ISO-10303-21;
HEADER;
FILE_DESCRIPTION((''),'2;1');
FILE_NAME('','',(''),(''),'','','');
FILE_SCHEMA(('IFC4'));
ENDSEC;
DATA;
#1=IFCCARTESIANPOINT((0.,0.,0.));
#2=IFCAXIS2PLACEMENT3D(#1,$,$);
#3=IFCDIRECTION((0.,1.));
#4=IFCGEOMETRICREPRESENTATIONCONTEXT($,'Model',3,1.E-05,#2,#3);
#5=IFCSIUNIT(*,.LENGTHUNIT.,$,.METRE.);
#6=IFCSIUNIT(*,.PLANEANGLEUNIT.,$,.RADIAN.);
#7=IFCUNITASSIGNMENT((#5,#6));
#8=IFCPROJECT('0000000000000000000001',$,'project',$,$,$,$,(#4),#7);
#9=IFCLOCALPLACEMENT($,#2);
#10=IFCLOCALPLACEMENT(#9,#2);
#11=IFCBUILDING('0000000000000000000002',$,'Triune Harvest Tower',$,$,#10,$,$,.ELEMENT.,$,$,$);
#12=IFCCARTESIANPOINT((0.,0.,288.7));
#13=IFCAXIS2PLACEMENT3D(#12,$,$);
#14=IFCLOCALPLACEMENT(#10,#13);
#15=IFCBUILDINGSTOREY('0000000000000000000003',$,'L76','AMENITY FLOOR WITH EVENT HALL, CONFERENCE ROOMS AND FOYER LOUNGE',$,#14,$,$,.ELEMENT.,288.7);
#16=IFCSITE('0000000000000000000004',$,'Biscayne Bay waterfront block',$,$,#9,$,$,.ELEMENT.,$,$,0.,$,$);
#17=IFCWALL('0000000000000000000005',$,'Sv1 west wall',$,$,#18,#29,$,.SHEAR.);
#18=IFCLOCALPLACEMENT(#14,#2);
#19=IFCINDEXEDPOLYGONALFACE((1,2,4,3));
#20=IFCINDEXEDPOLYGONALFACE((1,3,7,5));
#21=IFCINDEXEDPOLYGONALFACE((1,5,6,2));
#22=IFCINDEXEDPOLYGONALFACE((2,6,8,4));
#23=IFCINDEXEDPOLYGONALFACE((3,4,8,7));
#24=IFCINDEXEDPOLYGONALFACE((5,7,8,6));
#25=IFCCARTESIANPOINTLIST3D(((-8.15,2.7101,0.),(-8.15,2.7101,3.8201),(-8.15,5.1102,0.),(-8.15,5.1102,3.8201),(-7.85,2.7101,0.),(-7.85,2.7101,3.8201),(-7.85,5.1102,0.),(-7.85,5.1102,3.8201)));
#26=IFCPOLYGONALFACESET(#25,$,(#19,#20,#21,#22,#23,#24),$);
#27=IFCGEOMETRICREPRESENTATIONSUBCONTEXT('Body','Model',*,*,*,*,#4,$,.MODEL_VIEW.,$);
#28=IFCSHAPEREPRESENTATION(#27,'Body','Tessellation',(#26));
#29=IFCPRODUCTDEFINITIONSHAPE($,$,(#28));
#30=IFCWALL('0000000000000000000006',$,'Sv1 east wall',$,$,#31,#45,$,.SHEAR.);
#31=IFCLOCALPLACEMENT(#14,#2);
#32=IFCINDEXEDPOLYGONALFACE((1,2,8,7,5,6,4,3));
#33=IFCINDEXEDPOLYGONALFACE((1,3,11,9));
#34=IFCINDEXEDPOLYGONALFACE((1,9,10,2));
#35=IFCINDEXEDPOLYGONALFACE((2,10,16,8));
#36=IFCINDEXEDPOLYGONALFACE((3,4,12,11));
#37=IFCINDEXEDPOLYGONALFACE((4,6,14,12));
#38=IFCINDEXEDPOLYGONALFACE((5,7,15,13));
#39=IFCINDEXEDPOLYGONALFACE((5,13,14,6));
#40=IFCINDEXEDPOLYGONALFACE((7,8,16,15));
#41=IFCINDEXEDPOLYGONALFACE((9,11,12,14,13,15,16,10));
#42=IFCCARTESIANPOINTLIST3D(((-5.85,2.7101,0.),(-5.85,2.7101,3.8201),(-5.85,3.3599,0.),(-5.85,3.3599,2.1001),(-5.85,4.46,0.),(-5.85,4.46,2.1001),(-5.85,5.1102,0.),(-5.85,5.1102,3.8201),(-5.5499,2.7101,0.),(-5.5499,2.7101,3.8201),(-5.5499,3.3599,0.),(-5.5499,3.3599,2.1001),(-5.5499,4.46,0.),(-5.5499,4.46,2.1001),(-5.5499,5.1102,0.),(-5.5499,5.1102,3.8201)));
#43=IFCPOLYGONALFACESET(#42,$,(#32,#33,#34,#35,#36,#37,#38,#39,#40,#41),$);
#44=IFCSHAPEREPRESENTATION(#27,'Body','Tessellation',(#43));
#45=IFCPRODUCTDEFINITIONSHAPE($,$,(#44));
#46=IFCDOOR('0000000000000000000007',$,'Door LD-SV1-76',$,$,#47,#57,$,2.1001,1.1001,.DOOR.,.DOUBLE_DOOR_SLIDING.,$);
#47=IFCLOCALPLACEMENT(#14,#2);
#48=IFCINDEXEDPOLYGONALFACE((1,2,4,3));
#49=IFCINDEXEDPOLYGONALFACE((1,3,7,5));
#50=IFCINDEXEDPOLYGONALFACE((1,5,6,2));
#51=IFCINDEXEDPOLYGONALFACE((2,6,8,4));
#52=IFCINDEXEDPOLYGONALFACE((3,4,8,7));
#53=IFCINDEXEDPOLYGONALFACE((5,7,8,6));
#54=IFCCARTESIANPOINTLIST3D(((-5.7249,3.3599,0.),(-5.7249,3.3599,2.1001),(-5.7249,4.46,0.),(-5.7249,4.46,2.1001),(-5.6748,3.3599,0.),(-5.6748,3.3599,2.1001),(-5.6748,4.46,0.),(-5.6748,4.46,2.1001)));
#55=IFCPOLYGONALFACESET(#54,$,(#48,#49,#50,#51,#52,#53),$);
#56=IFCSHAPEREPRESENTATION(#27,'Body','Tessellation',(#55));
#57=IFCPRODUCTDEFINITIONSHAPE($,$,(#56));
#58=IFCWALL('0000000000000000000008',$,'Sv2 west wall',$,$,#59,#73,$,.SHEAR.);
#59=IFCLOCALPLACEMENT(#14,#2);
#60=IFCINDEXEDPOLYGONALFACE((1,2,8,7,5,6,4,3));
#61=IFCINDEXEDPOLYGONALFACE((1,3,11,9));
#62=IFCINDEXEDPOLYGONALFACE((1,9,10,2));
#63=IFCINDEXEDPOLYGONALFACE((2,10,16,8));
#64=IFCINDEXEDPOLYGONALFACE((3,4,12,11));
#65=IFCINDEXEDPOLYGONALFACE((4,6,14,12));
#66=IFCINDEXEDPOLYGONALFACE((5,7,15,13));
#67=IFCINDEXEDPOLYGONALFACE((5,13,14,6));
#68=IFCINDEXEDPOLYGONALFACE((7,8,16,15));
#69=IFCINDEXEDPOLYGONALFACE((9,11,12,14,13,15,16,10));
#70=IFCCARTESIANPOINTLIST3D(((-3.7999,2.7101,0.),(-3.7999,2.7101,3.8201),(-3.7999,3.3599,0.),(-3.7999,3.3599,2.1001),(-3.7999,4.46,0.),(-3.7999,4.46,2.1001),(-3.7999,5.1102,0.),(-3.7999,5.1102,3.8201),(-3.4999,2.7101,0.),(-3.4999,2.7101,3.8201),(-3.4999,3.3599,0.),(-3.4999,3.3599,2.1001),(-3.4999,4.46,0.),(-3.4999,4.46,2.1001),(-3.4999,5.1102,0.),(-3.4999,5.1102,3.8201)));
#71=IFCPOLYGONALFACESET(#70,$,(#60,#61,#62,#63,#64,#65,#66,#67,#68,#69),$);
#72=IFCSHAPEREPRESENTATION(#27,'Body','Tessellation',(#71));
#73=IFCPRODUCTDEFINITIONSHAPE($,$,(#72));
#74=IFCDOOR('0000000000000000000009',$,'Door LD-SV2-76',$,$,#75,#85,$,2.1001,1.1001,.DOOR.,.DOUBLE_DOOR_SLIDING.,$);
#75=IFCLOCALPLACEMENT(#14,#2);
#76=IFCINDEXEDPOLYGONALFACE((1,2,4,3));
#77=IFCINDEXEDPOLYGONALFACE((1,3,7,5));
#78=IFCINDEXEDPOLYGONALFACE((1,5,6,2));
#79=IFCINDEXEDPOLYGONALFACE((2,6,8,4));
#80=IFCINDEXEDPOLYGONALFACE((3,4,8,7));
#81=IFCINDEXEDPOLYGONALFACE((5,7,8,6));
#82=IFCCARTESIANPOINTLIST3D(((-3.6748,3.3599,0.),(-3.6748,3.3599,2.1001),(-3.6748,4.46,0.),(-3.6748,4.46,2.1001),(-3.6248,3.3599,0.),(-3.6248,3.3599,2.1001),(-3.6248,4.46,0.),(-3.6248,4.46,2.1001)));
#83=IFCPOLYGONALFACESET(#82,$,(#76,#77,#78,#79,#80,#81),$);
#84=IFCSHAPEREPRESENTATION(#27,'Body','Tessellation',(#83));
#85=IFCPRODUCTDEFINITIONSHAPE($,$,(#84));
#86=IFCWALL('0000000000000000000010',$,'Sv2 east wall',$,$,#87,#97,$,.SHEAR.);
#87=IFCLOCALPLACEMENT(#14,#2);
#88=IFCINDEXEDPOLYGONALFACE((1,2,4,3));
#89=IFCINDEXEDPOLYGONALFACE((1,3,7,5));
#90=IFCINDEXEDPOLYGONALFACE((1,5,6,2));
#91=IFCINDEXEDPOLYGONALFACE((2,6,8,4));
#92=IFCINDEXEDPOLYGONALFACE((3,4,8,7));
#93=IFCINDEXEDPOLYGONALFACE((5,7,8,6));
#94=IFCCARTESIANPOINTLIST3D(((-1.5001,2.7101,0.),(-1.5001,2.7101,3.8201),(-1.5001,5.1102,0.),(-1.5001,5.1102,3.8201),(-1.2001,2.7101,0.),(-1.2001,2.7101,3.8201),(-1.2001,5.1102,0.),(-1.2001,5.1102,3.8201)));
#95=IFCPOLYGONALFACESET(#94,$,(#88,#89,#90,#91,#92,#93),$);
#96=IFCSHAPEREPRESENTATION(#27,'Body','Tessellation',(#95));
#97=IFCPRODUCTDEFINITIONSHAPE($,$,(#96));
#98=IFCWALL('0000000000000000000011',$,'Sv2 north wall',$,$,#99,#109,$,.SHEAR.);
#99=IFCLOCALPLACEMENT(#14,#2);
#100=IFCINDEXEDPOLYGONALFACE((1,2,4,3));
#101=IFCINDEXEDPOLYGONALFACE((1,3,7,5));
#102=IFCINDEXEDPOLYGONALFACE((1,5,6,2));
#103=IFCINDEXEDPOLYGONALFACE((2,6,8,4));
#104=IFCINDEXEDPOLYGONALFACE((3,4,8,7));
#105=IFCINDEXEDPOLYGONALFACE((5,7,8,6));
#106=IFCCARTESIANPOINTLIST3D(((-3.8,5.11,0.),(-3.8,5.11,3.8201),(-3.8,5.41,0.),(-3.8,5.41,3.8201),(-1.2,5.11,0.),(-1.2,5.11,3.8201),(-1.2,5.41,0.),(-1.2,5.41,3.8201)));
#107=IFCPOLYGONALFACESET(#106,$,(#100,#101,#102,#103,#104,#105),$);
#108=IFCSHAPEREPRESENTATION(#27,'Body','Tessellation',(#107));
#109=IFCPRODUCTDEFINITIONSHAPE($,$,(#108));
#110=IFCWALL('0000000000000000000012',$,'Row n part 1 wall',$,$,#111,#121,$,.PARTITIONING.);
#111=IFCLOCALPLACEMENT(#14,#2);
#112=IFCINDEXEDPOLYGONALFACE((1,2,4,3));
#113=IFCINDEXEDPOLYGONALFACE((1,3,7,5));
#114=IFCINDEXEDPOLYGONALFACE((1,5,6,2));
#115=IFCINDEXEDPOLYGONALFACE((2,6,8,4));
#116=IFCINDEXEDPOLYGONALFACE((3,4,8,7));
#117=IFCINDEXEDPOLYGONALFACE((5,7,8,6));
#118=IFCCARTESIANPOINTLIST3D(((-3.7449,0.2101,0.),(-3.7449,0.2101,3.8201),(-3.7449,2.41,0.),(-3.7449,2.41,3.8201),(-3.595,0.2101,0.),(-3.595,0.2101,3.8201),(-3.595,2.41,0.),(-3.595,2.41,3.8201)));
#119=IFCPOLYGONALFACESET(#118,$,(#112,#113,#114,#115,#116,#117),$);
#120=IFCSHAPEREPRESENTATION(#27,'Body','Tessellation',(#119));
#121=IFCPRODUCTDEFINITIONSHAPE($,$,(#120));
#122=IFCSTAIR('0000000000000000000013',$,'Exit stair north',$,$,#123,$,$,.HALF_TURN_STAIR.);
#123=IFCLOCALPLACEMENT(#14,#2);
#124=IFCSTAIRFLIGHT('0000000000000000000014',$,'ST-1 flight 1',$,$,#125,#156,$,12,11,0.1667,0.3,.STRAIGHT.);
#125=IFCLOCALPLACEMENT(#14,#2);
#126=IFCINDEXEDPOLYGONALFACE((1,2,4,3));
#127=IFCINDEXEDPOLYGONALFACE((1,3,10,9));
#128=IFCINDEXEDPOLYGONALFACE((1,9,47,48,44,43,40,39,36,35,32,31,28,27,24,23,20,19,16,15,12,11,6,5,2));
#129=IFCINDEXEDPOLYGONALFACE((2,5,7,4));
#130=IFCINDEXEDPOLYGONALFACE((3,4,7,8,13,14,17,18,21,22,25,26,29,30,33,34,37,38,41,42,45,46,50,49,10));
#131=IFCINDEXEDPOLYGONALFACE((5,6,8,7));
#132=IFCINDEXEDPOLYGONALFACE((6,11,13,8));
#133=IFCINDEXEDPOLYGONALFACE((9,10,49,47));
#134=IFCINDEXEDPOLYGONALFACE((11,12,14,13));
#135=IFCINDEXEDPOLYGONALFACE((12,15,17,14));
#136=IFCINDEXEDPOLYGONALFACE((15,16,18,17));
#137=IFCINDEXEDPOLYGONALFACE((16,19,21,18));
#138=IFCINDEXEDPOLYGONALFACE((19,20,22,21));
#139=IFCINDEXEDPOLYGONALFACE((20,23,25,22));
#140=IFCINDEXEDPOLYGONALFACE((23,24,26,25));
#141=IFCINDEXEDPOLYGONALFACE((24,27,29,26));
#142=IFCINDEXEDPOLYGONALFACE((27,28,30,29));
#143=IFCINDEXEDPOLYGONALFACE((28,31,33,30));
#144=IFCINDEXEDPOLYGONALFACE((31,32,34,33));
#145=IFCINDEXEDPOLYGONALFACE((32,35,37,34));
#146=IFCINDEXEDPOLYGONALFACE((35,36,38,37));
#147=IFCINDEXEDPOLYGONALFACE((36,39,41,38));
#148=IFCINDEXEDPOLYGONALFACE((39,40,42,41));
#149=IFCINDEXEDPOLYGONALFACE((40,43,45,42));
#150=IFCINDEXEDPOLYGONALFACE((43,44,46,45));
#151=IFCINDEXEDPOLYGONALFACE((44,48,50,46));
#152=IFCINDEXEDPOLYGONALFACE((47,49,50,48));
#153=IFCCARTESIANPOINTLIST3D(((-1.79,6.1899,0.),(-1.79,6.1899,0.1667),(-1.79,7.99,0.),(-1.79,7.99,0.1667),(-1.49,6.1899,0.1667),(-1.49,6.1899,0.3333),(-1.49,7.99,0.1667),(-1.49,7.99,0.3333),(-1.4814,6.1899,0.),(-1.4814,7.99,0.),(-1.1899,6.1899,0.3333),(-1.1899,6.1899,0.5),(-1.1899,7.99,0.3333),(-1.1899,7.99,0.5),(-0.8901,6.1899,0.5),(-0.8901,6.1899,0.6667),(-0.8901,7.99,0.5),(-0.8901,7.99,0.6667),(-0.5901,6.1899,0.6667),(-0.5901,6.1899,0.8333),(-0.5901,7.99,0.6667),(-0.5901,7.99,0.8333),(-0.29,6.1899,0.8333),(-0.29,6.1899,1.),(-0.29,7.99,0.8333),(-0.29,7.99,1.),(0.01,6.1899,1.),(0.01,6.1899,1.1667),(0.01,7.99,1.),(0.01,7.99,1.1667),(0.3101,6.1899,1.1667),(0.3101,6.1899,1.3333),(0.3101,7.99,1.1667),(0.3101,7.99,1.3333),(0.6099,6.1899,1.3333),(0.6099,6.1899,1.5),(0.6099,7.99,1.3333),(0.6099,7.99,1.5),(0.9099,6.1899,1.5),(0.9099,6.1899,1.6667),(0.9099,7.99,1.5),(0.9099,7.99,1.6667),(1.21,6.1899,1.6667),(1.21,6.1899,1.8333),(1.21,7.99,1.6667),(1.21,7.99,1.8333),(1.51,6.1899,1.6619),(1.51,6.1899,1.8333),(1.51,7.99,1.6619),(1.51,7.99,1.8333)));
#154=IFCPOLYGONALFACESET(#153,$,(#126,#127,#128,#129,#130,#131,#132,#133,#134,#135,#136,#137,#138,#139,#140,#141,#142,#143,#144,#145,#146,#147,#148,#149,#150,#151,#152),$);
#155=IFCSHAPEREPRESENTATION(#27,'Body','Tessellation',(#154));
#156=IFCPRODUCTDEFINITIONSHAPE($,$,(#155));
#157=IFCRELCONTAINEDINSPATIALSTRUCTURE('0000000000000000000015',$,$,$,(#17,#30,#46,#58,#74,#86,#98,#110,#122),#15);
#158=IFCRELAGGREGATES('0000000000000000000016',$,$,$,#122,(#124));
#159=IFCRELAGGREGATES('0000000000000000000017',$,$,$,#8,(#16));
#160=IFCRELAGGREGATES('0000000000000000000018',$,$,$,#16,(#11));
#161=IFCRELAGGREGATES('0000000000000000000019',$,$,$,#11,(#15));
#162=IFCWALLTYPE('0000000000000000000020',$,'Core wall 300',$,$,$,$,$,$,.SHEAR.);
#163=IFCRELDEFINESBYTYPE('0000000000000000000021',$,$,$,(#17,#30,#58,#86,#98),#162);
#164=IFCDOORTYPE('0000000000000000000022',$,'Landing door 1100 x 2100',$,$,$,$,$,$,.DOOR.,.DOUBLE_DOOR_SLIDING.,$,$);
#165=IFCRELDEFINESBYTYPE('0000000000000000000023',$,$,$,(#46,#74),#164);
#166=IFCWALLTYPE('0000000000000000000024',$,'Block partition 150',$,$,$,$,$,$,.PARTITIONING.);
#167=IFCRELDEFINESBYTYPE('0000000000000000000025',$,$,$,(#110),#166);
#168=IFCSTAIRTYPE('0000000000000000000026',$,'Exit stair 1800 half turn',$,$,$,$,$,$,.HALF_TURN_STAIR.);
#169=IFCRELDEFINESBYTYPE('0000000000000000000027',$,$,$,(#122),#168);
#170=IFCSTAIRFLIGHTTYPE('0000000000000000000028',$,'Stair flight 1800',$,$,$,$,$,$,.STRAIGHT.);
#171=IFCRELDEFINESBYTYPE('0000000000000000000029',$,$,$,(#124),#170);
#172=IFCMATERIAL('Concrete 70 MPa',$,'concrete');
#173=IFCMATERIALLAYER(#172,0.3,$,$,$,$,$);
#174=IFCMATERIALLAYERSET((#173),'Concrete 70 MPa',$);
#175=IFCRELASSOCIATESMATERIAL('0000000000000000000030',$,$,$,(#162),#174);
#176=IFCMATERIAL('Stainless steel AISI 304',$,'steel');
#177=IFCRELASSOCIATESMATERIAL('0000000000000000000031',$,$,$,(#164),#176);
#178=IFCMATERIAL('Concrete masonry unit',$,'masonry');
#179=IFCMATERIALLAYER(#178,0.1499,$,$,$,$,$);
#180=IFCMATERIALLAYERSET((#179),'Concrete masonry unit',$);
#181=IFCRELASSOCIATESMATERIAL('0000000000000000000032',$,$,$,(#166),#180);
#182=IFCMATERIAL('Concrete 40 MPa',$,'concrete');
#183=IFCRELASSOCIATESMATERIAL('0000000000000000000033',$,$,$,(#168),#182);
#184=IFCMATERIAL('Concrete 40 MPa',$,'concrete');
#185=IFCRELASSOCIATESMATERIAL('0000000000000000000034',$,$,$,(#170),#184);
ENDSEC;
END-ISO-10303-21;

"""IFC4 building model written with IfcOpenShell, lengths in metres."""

from ifc_helpers import new_model, si_unit, direction, frame, frame_2d, origin, place, context, subcontext, project, spatial, polyline, rectangle, outline, extrude, source, transform, mapped, material, layer, layer_set, type_object, element, fill, aggregate, save


model = new_model("IFC4")

# Units and contexts
model_context = context("Model", 3, precision=1e-05, world=origin(), true_north=direction((0.0, 1.0)))
body_context = subcontext(model_context, "Body", "Model", "MODEL_VIEW")
ifc_project = project(units=[si_unit("LENGTHUNIT", "METRE"), si_unit("PLANEANGLEUNIT", "RADIAN")], contexts=[model_context])

# Site, building, storey
site_placement = place(None, origin())
site = spatial("IfcSite", under=ifc_project, at=site_placement, Name="Biscayne Bay waterfront block", CompositionType="ELEMENT", RefElevation=0.0)
building_placement = place(site_placement, origin())
building = spatial("IfcBuilding", under=site, at=building_placement, Name="Triune Harvest Tower", CompositionType="ELEMENT")
storey_placement = place(building_placement, frame((0.0, 0.0, 288.7)))
storey = spatial("IfcBuildingStorey", under=building, at=storey_placement, Name="L76", Description="AMENITY FLOOR WITH EVENT HALL, CONFERENCE ROOMS AND FOYER LOUNGE", CompositionType="ELEMENT", Elevation=288.7)

# Shared definitions
ifc_material_1 = material(Name="Concrete 70 MPa", Category="concrete")
ifc_layer_1 = layer(ifc_material_1, 0.3)
ifc_layer_set_1 = layer_set([ifc_layer_1], Name="Concrete 70 MPa")
wall_type_1 = type_object("IfcWallType", Name="Core wall 300", PredefinedType="SHEAR", material=ifc_layer_set_1)

# Wall
shared_shape_1 = source(origin(), body_context, "Body", "SweptSolid", [
    extrude(rectangle(XDim=2.4001, YDim=0.3, at=frame_2d((1.2002, 0.0))), origin(), (0.0, 0.0, 1.0), 3.8201),
])
wall_1_placement = place(storey_placement, frame((-8.0, 2.71, 0.0), z_axis=(0.0, 0.0, 1.0), x_axis=(0.0, 1.0, 0.0)))
element("IfcWall", 1, at=wall_1_placement, inside=storey, type_object=wall_type_1, Name="Sv1 west wall", PredefinedType="SHEAR", context=body_context, shape_type="MappedRepresentation", body=[
    mapped(shared_shape_1, transform((0.0, 0.0, 0.0), scale=1.0)),
])

# Walls, openings, doors
wall_2_placement = place(storey_placement, frame((-5.7, 2.71, 0.0), z_axis=(0.0, 0.0, 1.0), x_axis=(0.0, 1.0, 0.0)))
wall_2 = element("IfcWall", 2, at=wall_2_placement, inside=storey, type_object=wall_type_1, Name="Sv1 east wall", PredefinedType="SHEAR", context=body_context, shape_type="MappedRepresentation", body=[
    mapped(shared_shape_1, transform((0.0, 0.0, 0.0), scale=1.0)),
])
opening_1_placement = place(wall_2_placement, frame((0.6499, 0.0, 0.0)))
opening_1 = element("IfcOpeningElement", 3, at=opening_1_placement, cuts=wall_2, PredefinedType="OPENING", context=body_context, shape_type="SweptSolid", body=[
    extrude(rectangle(XDim=1.1001, YDim=2.1001, at=frame_2d((0.55, 1.05))), frame((0.0, 0.1602, 0.0), z_axis=(0.0, -1.0, 0.0), x_axis=(1.0, 0.0, 0.0)), (0.0, 0.0, 1.0), 0.3201),
])
ifc_material_2 = material(Name="Stainless steel AISI 304", Category="steel")
door_type_1 = type_object("IfcDoorType", Name="Landing door 1100 x 2100", OperationType="DOUBLE_DOOR_SLIDING", PredefinedType="DOOR", material=ifc_material_2)
door_1_placement = place(opening_1_placement, origin())
door_1 = element("IfcDoor", 4, at=door_1_placement, inside=storey, type_object=door_type_1, Name="Door LD-SV1-76", OperationType="DOUBLE_DOOR_SLIDING", OverallHeight=2.1001, OverallWidth=1.1001, PredefinedType="DOOR", context=body_context, shape_type="SweptSolid", body=[
    extrude(rectangle(XDim=1.1001, YDim=2.1001, at=frame_2d((0.55, 1.05))), frame((0.0, 0.0249, 0.0), z_axis=(0.0, -1.0, 0.0), x_axis=(1.0, 0.0, 0.0)), (0.0, 0.0, 1.0), 0.05),
])
fill(opening_1, door_1)
wall_3_placement = place(storey_placement, frame((-3.6499, 2.71, 0.0), z_axis=(0.0, 0.0, 1.0), x_axis=(0.0, 1.0, 0.0)))
wall_3 = element("IfcWall", 5, at=wall_3_placement, inside=storey, type_object=wall_type_1, Name="Sv2 west wall", PredefinedType="SHEAR", context=body_context, shape_type="MappedRepresentation", body=[
    mapped(shared_shape_1, transform((0.0, 0.0, 0.0), scale=1.0)),
])
opening_2_placement = place(wall_3_placement, frame((0.6499, 0.0, 0.0)))
opening_2 = element("IfcOpeningElement", 6, at=opening_2_placement, cuts=wall_3, PredefinedType="OPENING", context=body_context, shape_type="SweptSolid", body=[
    extrude(rectangle(XDim=1.1001, YDim=2.1001, at=frame_2d((0.55, 1.05))), frame((0.0, 0.1602, 0.0), z_axis=(0.0, -1.0, 0.0), x_axis=(1.0, 0.0, 0.0)), (0.0, 0.0, 1.0), 0.3201),
])
door_2_placement = place(opening_2_placement, origin())
door_2 = element("IfcDoor", 7, at=door_2_placement, inside=storey, type_object=door_type_1, Name="Door LD-SV2-76", OperationType="DOUBLE_DOOR_SLIDING", OverallHeight=2.1001, OverallWidth=1.1001, PredefinedType="DOOR", context=body_context, shape_type="SweptSolid", body=[
    extrude(rectangle(XDim=1.1001, YDim=2.1001, at=frame_2d((0.55, 1.05))), frame((0.0, 0.0249, 0.0), z_axis=(0.0, -1.0, 0.0), x_axis=(1.0, 0.0, 0.0)), (0.0, 0.0, 1.0), 0.05),
])
fill(opening_2, door_2)

# Walls
wall_4_placement = place(storey_placement, frame((-1.3501, 2.71, 0.0), z_axis=(0.0, 0.0, 1.0), x_axis=(0.0, 1.0, 0.0)))
element("IfcWall", 8, at=wall_4_placement, inside=storey, type_object=wall_type_1, Name="Sv2 east wall", PredefinedType="SHEAR", context=body_context, shape_type="MappedRepresentation", body=[
    mapped(shared_shape_1, transform((0.0, 0.0, 0.0), scale=1.0)),
])
shared_shape_2 = source(origin(), body_context, "Body", "SweptSolid", [
    extrude(rectangle(XDim=2.6001, YDim=0.3, at=frame_2d((1.3, 0.0))), origin(), (0.0, 0.0, 1.0), 3.8201),
])
wall_5_placement = place(storey_placement, frame((-3.8, 5.26, 0.0), z_axis=(0.0, 0.0, 1.0), x_axis=(1.0, 0.0, 0.0)))
element("IfcWall", 9, at=wall_5_placement, inside=storey, type_object=wall_type_1, Name="Sv2 north wall", PredefinedType="SHEAR", context=body_context, shape_type="MappedRepresentation", body=[
    mapped(shared_shape_2, transform((0.0, 0.0, 0.0), scale=1.0)),
])
ifc_material_3 = material(Name="Concrete masonry unit", Category="masonry")
ifc_layer_2 = layer(ifc_material_3, 0.1499)
ifc_layer_set_2 = layer_set([ifc_layer_2], Name="Concrete masonry unit")
wall_type_2 = type_object("IfcWallType", Name="Block partition 150", PredefinedType="PARTITIONING", material=ifc_layer_set_2)
shared_shape_3 = source(origin(), body_context, "Body", "SweptSolid", [
    extrude(rectangle(XDim=2.2, YDim=0.1499, at=frame_2d((1.1001, 0.0))), origin(), (0.0, 0.0, 1.0), 3.8201),
])
wall_6_placement = place(storey_placement, frame((-3.6699, 0.21, 0.0), z_axis=(0.0, 0.0, 1.0), x_axis=(0.0, 1.0, 0.0)))
element("IfcWall", 10, at=wall_6_placement, inside=storey, type_object=wall_type_2, Name="Row n part 1 wall", PredefinedType="PARTITIONING", context=body_context, shape_type="MappedRepresentation", body=[
    mapped(shared_shape_3, transform((0.0, 0.0, 0.0), scale=1.0)),
])

# Stair, stair flight
ifc_material_4 = material(Name="Concrete 40 MPa", Category="concrete")
stair_type = type_object("IfcStairType", Name="Exit stair 1800 half turn", PredefinedType="HALF_TURN_STAIR", material=ifc_material_4)
stair_placement = place(storey_placement, origin())
stair = element("IfcStair", 11, at=stair_placement, inside=storey, type_object=stair_type, Name="Exit stair north", PredefinedType="HALF_TURN_STAIR")
ifc_material_5 = material(Name="Concrete 40 MPa", Category="concrete")
stair_flight_type = type_object("IfcStairFlightType", Name="Stair flight 1800", PredefinedType="STRAIGHT", material=ifc_material_5)
shared_shape_4 = source(origin(), body_context, "Body", "SweptSolid", [
    extrude(outline(polyline([(0.0, 0.0), (0.0, 0.1667), (0.3, 0.1667), (0.3, 0.3333), (0.6001, 0.3333), (0.6001, 0.5), (0.8999, 0.5), (0.8999, 0.6667), (1.2, 0.6667), (1.2, 0.8333), (1.5, 0.8333), (1.5, 1.0), (1.8, 1.0), (1.8, 1.1667), (2.1001, 1.1667), (2.1001, 1.3333), (2.3999, 1.3333), (2.3999, 1.5), (2.7, 1.5), (2.7, 1.6667), (3.0, 1.6667), (3.0, 1.8333), (3.3, 1.8333), (3.3, 2.0), (3.3, 1.6619), (0.3086, 0.0), (0.0, 0.0)])), frame((0.0, 0.8999, 0.0), z_axis=(0.0, -1.0, 0.0), x_axis=(1.0, 0.0, 0.0)), (0.0, 0.0, 1.0), 1.8),
])
stair_flight_placement = place(storey_placement, frame((-1.79, 7.0901, 0.0), z_axis=(0.0, 0.0, 1.0), x_axis=(1.0, 0.0, 0.0)))
stair_flight = element("IfcStairFlight", 12, at=stair_flight_placement, type_object=stair_flight_type, Name="ST-1 flight 1", NumberOfRisers=12, NumberOfTreads=11, PredefinedType="STRAIGHT", RiserHeight=0.1667, TreadLength=0.3, context=body_context, shape_type="MappedRepresentation", body=[
    mapped(shared_shape_4, transform((0.0, 0.0, 0.0), scale=1.0)),
])
aggregate(stair, [stair_flight])

save(model, "model.ifc")
